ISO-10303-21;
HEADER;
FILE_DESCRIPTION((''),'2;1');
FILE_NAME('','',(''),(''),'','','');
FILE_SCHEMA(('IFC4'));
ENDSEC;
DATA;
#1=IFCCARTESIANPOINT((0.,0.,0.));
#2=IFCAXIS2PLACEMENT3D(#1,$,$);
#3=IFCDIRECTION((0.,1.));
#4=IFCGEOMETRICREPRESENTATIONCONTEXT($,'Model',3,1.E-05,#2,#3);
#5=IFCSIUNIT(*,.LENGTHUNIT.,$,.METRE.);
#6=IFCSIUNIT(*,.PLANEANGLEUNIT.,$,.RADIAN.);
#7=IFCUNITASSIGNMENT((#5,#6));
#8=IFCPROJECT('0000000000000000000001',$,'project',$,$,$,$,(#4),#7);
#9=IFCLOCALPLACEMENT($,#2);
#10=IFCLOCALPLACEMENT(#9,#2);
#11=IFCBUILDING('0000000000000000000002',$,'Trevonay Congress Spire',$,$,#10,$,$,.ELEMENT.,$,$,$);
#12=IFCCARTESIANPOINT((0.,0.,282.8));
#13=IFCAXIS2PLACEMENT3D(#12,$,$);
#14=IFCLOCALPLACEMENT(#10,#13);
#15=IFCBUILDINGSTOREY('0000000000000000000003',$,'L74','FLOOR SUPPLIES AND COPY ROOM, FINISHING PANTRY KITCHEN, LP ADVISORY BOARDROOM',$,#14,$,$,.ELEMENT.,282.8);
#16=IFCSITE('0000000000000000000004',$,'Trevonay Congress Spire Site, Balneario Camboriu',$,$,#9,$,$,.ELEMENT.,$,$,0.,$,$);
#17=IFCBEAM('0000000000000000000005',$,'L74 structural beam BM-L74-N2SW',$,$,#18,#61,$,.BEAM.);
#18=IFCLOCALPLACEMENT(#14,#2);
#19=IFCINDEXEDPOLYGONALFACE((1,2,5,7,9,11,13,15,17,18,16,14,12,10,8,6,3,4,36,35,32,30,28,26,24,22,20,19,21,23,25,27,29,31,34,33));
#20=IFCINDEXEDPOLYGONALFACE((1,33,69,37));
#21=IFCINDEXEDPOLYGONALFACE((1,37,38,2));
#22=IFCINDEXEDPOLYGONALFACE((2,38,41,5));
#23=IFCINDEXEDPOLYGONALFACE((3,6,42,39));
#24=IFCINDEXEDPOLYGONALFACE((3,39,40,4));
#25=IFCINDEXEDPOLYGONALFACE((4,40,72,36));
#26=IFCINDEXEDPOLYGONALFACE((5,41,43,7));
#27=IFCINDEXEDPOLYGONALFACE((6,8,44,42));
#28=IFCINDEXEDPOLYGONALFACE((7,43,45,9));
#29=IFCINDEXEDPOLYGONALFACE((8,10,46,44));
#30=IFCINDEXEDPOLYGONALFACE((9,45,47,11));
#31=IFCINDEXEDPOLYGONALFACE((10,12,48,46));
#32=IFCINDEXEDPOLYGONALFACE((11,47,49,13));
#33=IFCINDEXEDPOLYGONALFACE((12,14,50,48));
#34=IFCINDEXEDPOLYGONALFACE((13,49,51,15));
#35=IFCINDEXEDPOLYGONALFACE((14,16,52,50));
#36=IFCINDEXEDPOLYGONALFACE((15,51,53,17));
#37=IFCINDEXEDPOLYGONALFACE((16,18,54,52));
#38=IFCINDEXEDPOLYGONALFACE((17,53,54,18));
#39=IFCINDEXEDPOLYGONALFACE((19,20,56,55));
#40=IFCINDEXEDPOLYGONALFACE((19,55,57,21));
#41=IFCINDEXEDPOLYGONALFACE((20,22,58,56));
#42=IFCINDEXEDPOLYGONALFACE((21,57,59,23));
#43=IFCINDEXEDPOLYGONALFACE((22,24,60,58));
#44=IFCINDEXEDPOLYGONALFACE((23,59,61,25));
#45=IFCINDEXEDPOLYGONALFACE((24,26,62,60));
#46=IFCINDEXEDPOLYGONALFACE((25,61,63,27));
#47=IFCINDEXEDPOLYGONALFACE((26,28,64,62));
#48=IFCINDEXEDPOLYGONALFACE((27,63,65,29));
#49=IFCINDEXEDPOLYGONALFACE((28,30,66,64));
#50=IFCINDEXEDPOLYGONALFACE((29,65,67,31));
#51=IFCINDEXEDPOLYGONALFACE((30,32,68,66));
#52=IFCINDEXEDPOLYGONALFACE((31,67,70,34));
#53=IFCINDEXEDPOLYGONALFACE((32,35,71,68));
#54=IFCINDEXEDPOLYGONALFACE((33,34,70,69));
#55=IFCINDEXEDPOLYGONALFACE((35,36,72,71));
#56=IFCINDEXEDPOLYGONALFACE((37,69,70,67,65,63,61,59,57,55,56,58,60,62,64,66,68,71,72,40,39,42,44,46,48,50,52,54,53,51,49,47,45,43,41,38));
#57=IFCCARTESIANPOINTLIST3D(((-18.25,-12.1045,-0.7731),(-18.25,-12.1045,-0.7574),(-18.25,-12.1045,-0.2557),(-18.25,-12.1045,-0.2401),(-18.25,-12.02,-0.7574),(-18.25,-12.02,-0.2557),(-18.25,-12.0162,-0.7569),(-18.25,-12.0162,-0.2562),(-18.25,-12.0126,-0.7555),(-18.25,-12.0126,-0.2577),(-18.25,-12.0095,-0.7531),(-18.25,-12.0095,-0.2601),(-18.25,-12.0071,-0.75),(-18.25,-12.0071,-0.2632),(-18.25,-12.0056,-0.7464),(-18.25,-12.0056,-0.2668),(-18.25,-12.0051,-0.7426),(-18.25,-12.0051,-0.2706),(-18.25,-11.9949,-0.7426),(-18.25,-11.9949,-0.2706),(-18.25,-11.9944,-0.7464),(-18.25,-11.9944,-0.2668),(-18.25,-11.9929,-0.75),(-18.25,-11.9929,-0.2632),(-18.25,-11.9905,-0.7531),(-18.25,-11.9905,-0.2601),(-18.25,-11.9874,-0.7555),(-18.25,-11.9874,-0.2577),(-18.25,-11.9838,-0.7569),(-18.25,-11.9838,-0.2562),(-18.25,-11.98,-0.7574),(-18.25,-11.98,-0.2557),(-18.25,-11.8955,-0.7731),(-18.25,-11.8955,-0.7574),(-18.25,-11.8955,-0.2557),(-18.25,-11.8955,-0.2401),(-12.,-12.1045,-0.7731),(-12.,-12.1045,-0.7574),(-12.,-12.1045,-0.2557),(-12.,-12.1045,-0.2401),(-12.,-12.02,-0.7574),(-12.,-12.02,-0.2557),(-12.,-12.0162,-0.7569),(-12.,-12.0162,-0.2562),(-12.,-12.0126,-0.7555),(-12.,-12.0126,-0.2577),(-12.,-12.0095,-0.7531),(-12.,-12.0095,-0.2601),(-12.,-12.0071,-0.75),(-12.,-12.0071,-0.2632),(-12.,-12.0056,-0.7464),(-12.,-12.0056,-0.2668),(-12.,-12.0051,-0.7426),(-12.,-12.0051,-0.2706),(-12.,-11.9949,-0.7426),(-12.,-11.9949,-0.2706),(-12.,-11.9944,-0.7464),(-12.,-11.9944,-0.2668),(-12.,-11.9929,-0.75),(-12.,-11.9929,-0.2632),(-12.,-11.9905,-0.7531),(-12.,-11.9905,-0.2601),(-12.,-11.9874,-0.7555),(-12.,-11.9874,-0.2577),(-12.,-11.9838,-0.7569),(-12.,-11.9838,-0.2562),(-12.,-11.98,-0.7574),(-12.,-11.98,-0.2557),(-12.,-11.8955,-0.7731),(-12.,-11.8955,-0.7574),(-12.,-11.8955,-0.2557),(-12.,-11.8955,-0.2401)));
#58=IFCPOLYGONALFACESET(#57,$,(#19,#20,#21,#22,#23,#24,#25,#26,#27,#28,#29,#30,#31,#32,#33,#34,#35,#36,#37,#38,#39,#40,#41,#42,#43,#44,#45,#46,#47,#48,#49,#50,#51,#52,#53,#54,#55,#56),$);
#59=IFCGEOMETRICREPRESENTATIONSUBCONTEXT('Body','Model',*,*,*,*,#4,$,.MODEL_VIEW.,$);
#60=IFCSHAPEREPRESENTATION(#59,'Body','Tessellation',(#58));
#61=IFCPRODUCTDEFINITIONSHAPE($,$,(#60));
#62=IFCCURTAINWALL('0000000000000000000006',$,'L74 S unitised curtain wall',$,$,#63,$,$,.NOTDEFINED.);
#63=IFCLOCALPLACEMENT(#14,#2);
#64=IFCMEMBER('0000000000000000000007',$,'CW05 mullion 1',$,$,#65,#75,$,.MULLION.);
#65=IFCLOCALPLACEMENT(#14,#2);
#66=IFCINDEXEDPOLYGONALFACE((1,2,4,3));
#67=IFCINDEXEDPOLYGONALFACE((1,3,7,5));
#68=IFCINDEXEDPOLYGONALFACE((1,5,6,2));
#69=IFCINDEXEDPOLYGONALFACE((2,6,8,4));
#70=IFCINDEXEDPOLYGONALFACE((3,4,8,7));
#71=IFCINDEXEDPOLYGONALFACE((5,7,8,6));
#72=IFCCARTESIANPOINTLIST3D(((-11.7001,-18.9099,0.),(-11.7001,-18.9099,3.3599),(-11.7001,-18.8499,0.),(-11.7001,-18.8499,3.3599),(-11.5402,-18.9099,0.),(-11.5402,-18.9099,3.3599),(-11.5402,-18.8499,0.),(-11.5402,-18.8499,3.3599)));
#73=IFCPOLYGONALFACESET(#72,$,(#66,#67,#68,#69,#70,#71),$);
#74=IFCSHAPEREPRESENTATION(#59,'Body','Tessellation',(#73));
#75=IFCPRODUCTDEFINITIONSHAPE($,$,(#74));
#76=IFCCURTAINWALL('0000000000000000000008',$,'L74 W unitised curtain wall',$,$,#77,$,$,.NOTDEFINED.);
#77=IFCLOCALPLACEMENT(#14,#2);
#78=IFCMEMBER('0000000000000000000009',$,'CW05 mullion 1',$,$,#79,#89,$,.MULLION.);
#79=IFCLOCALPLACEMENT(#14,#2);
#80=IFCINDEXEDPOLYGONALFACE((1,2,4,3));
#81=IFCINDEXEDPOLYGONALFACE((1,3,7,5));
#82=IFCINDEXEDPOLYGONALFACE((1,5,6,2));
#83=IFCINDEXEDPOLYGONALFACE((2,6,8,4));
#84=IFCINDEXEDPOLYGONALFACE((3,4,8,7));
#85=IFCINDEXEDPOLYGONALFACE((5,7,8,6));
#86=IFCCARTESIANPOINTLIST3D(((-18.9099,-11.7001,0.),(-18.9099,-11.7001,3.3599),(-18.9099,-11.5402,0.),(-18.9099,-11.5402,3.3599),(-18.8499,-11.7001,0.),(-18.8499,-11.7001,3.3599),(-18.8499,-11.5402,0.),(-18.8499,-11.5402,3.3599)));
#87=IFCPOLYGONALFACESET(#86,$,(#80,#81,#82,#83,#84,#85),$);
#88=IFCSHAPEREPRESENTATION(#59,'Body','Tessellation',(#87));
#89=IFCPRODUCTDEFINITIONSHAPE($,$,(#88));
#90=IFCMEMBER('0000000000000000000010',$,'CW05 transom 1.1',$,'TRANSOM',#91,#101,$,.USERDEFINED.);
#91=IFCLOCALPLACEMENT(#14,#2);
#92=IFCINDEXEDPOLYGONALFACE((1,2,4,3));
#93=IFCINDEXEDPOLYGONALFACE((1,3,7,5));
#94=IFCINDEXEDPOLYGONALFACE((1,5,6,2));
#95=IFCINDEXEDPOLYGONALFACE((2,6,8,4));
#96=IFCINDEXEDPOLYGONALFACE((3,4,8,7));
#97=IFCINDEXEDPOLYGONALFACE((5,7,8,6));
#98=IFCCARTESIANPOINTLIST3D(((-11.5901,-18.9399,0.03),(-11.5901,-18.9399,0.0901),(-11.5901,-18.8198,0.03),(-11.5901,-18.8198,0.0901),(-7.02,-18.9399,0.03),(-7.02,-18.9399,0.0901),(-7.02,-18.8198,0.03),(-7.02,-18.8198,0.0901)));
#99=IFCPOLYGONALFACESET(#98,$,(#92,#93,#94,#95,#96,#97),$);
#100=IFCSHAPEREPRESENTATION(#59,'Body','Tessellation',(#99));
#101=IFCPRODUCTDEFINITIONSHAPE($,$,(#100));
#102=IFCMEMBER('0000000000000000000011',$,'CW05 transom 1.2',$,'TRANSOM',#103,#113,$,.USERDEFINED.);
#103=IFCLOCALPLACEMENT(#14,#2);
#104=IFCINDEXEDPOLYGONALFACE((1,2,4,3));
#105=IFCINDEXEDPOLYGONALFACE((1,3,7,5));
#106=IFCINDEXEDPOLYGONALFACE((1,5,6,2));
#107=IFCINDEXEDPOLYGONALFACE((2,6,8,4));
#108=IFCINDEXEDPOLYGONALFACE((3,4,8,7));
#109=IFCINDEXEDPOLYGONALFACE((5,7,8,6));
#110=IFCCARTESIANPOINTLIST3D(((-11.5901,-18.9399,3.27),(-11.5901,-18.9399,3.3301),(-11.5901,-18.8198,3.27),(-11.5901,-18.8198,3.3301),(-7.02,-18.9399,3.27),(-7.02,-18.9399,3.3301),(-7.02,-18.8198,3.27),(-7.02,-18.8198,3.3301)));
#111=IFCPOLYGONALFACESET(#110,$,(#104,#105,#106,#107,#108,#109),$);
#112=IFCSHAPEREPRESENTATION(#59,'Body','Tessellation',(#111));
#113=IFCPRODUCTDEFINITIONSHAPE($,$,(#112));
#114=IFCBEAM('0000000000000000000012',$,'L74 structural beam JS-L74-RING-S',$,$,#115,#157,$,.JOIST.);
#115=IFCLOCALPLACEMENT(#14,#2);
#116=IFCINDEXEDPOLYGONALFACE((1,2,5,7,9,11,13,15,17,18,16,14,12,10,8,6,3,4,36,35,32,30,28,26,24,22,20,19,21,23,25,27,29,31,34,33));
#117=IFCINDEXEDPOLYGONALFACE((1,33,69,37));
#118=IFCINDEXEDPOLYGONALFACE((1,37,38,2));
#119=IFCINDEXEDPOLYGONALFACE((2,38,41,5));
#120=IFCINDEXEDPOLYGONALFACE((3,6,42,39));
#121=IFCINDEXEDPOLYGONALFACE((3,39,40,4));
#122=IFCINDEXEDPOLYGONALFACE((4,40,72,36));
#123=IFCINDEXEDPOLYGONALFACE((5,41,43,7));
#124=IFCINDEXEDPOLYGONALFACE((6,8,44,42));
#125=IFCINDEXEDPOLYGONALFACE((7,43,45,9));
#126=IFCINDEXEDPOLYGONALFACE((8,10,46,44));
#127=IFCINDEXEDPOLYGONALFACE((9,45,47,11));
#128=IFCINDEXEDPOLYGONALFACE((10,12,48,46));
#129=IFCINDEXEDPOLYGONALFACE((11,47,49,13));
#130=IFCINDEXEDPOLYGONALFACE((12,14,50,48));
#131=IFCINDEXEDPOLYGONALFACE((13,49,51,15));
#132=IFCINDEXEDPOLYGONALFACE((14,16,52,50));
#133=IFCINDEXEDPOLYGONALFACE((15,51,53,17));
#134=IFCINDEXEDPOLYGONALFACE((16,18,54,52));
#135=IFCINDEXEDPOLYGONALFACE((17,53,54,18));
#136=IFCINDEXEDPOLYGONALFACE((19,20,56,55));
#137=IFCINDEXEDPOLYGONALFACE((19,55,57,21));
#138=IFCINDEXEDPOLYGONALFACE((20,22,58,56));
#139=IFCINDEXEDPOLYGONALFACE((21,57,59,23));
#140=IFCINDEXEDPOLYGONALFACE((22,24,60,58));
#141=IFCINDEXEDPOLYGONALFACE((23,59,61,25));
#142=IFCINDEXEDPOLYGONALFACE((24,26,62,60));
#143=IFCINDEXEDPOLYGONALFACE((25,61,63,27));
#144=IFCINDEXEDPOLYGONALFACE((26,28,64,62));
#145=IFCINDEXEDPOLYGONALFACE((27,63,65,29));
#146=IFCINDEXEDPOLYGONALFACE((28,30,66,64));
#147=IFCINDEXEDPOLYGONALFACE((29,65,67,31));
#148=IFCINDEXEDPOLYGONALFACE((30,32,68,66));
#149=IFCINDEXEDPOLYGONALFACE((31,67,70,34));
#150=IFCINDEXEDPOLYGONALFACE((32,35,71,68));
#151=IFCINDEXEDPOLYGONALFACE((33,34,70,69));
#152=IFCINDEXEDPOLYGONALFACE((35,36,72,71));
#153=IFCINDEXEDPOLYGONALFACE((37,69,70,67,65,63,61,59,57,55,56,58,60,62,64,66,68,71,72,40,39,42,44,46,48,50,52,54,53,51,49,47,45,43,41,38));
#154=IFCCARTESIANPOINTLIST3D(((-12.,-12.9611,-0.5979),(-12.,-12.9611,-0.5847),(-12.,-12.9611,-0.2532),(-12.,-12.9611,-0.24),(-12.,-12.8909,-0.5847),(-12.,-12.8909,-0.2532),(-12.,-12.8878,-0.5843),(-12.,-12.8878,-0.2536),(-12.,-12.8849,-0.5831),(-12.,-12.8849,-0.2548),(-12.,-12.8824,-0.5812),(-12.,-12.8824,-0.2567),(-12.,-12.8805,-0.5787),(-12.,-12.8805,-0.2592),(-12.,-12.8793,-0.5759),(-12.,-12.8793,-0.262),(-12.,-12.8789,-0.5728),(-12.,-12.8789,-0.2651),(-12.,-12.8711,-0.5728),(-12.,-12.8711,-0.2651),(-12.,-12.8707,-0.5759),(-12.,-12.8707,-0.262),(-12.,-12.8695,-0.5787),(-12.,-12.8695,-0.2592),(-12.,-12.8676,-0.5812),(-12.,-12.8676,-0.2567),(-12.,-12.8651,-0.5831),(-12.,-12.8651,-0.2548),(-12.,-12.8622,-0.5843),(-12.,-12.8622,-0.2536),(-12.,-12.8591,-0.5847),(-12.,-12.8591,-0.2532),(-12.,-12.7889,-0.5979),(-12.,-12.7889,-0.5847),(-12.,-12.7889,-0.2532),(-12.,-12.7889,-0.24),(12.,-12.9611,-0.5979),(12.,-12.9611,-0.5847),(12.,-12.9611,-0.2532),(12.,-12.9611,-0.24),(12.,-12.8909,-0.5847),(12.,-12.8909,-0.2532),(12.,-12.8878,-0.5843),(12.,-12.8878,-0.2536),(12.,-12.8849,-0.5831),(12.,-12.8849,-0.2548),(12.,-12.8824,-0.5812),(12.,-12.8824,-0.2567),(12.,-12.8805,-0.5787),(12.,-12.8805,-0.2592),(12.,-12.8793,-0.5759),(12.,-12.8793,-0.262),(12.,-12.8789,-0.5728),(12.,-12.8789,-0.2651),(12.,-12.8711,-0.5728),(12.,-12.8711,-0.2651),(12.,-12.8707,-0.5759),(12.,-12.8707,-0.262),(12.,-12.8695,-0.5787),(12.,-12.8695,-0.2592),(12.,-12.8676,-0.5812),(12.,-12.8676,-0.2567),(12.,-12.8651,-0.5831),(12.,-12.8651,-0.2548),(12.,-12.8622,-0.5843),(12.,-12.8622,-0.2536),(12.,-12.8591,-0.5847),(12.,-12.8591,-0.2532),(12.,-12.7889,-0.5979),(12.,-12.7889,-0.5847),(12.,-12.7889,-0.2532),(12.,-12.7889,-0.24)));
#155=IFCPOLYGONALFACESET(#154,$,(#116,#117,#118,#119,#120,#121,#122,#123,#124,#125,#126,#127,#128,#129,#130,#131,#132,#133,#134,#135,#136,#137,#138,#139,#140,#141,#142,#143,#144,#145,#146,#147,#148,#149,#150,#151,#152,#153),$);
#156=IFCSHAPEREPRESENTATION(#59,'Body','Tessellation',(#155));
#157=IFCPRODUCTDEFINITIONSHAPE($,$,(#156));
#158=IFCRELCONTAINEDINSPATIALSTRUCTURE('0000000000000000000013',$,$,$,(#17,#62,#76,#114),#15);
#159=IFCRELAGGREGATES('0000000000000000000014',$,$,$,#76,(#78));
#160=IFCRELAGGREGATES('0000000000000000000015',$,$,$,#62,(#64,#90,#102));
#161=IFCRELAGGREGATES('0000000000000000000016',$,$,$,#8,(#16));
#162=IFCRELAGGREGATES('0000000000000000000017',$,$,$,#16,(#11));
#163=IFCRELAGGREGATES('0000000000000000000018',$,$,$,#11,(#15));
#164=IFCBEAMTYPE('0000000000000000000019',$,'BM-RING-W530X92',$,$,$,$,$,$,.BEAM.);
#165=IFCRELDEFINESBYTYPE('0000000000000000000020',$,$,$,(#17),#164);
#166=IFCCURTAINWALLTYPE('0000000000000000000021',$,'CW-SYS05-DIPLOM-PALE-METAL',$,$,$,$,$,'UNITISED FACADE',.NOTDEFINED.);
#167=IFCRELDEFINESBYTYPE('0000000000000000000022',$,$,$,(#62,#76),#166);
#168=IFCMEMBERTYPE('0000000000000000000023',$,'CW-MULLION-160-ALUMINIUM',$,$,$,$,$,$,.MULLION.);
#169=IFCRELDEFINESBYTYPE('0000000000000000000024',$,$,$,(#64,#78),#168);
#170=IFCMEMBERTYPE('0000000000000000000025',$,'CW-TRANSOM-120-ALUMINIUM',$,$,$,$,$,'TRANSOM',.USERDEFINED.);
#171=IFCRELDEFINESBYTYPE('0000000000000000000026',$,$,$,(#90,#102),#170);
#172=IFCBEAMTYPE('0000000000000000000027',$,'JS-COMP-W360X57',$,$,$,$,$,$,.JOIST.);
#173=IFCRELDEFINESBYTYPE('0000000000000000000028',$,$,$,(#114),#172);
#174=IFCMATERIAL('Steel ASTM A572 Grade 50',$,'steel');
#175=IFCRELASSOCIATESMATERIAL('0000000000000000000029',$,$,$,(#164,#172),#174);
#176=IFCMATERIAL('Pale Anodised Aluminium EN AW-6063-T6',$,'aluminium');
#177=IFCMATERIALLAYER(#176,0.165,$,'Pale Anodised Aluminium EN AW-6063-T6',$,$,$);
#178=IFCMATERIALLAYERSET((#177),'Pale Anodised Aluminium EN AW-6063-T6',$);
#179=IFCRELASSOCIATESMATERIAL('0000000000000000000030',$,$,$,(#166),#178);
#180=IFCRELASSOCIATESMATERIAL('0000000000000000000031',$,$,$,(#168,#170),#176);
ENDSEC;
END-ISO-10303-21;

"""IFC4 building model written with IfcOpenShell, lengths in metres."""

from ifc_helpers import new_model, si_unit, direction, frame, origin, origin_2d, place, context, subcontext, project, spatial, rectangle, i_section, extrude, material, layer, layer_set, material_profile, profile_set, type_object, element, aggregate, save


model = new_model("IFC4")

# Units and contexts
model_context = context("Model", 3, precision=1e-05, world=origin(), true_north=direction((0.0, 1.0)))
body_context = subcontext(model_context, "Body", "Model", "MODEL_VIEW")
ifc_project = project(units=[si_unit("LENGTHUNIT", "METRE"), si_unit("PLANEANGLEUNIT", "RADIAN")], contexts=[model_context])

# Site, building, storey
site_placement = place(None, origin())
site = spatial("IfcSite", under=ifc_project, at=site_placement, Name="Trevonay Congress Spire Site, Balneario Camboriu", CompositionType="ELEMENT", RefElevation=0.0)
building_placement = place(site_placement, origin())
building = spatial("IfcBuilding", under=site, at=building_placement, Name="Trevonay Congress Spire", CompositionType="ELEMENT")
storey_placement = place(building_placement, frame((0.0, 0.0, 282.8)))
storey = spatial("IfcBuildingStorey", under=building, at=storey_placement, Name="L74", Description="FLOOR SUPPLIES AND COPY ROOM, FINISHING PANTRY KITCHEN, LP ADVISORY BOARDROOM", CompositionType="ELEMENT", Elevation=282.8)

# Shared definitions
ifc_material_1 = material(Name="Steel ASTM A572 Grade 50", Category="steel")

# Beam
ifc_material_profile_1 = material_profile(ifc_material_1, i_section(OverallWidth=0.209, OverallDepth=0.533, WebThickness=0.0103, FlangeThickness=0.0156, FilletRadius=0.0149, at=origin_2d()), Name="W530x92")
ifc_profile_set_1 = profile_set([ifc_material_profile_1], Name="Steel ASTM A572 Grade 50")
beam_type_1 = type_object("IfcBeamType", Name="BM-RING-W530X92", PredefinedType="BEAM", material=ifc_profile_set_1)
for number, where, z_axis, x_axis, name in (
    (1, (-18.25, -12.0, -0.5066), (1.0, 0.0, 0.0), (0.0, 1.0, 0.0), "L74 structural beam BM-L74-N2SW"),
):
    element("IfcBeam", number, at=place(storey_placement, frame(where, z_axis=z_axis, x_axis=x_axis)), inside=storey, type_object=beam_type_1, Name=name, PredefinedType="BEAM", context=body_context, shape_type="SweptSolid", body=[
        extrude(i_section(OverallWidth=0.209, OverallDepth=0.533, WebThickness=0.0103, FlangeThickness=0.0156, FilletRadius=0.0149, at=origin_2d()), origin(), (0.0, 0.0, 1.0), 6.25),
    ])

# Curtain walls, members
ifc_material_2 = material(Name="Pale Anodised Aluminium EN AW-6063-T6", Category="aluminium")
ifc_layer_1 = layer(ifc_material_2, 0.165, Name="Pale Anodised Aluminium EN AW-6063-T6")
ifc_layer_set_1 = layer_set([ifc_layer_1], Name="Pale Anodised Aluminium EN AW-6063-T6")
curtain_wall_type = type_object("IfcCurtainWallType", Name="CW-SYS05-DIPLOM-PALE-METAL", ElementType="UNITISED FACADE", PredefinedType="NOTDEFINED", material=ifc_layer_set_1)
curtain_wall_1_placement = place(storey_placement, origin())
curtain_wall_1 = element("IfcCurtainWall", 2, at=curtain_wall_1_placement, inside=storey, type_object=curtain_wall_type, Name="L74 S unitised curtain wall", PredefinedType="NOTDEFINED")
ifc_material_profile_2 = material_profile(ifc_material_2, rectangle(XDim=0.0601, YDim=0.1599, at=origin_2d()), Name="CW-MULLION-160-ALUMINIUM")
ifc_profile_set_2 = profile_set([ifc_material_profile_2], Name="Pale Anodised Aluminium EN AW-6063-T6")
member_type_1 = type_object("IfcMemberType", Name="CW-MULLION-160-ALUMINIUM", PredefinedType="MULLION", material=ifc_profile_set_2)
member_1_placement = place(storey_placement, frame((-11.6201, -18.8799, 0.0), z_axis=(0.0, 0.0, 1.0), x_axis=(0.0, 1.0, 0.0)))
member_1 = element("IfcMember", 3, at=member_1_placement, type_object=member_type_1, Name="CW05 mullion 1", PredefinedType="MULLION", context=body_context, shape_type="SweptSolid", body=[
    extrude(rectangle(XDim=0.0601, YDim=0.1599, at=origin_2d()), origin(), (0.0, 0.0, 1.0), 3.3599),
])
curtain_wall_2_placement = place(storey_placement, origin())
curtain_wall_2 = element("IfcCurtainWall", 4, at=curtain_wall_2_placement, inside=storey, type_object=curtain_wall_type, Name="L74 W unitised curtain wall", PredefinedType="NOTDEFINED")
member_2_placement = place(storey_placement, frame((-18.8799, -11.6201, 0.0), z_axis=(0.0, 0.0, 1.0), x_axis=(-1.0, 0.0, 0.0)))
member_2 = element("IfcMember", 5, at=member_2_placement, type_object=member_type_1, Name="CW05 mullion 1", PredefinedType="MULLION", context=body_context, shape_type="SweptSolid", body=[
    extrude(rectangle(XDim=0.0601, YDim=0.1599, at=origin_2d()), origin(), (0.0, 0.0, 1.0), 3.3599),
])
aggregate(curtain_wall_2, [member_2])

# Members
ifc_material_profile_3 = material_profile(ifc_material_2, rectangle(XDim=0.1201, YDim=0.0601, at=origin_2d()), Name="CW-TRANSOM-120-ALUMINIUM")
ifc_profile_set_3 = profile_set([ifc_material_profile_3], Name="Pale Anodised Aluminium EN AW-6063-T6")
member_type_2 = type_object("IfcMemberType", Name="CW-TRANSOM-120-ALUMINIUM", ElementType="TRANSOM", PredefinedType="USERDEFINED", material=ifc_profile_set_3)
member_3_placement = place(storey_placement, frame((-11.5901, -18.8799, 0.0601), z_axis=(1.0, 0.0, 0.0), x_axis=(0.0, 1.0, 0.0)))
member_3 = element("IfcMember", 6, at=member_3_placement, type_object=member_type_2, Name="CW05 transom 1.1", ObjectType="TRANSOM", PredefinedType="USERDEFINED", context=body_context, shape_type="SweptSolid", body=[
    extrude(rectangle(XDim=0.1201, YDim=0.0601, at=origin_2d()), origin(), (0.0, 0.0, 1.0), 4.5701),
])
member_4_placement = place(storey_placement, frame((-11.5901, -18.8799, 3.3), z_axis=(1.0, 0.0, 0.0), x_axis=(0.0, 1.0, 0.0)))
member_4 = element("IfcMember", 7, at=member_4_placement, type_object=member_type_2, Name="CW05 transom 1.2", ObjectType="TRANSOM", PredefinedType="USERDEFINED", context=body_context, shape_type="SweptSolid", body=[
    extrude(rectangle(XDim=0.1201, YDim=0.0601, at=origin_2d()), origin(), (0.0, 0.0, 1.0), 4.5701),
])
aggregate(curtain_wall_1, [member_1, member_3, member_4])

# Beam
ifc_material_profile_4 = material_profile(ifc_material_1, i_section(OverallWidth=0.1721, OverallDepth=0.3579, WebThickness=0.0078, FlangeThickness=0.0132, FilletRadius=0.012, at=origin_2d()), Name="W360x57.8")
ifc_profile_set_4 = profile_set([ifc_material_profile_4], Name="Steel ASTM A572 Grade 50")
beam_type_2 = type_object("IfcBeamType", Name="JS-COMP-W360X57", PredefinedType="JOIST", material=ifc_profile_set_4)
for number, where, z_axis, x_axis, name in (
    (8, (-12.0, -12.875, -0.4189), (1.0, 0.0, 0.0), (0.0, 1.0, 0.0), "L74 structural beam JS-L74-RING-S"),
):
    element("IfcBeam", number, at=place(storey_placement, frame(where, z_axis=z_axis, x_axis=x_axis)), inside=storey, type_object=beam_type_2, Name=name, PredefinedType="JOIST", context=body_context, shape_type="SweptSolid", body=[
        extrude(i_section(OverallWidth=0.1721, OverallDepth=0.3579, WebThickness=0.0078, FlangeThickness=0.0132, FilletRadius=0.012, at=origin_2d()), origin(), (0.0, 0.0, 1.0), 24.0),
    ])

save(model, "model.ifc")
